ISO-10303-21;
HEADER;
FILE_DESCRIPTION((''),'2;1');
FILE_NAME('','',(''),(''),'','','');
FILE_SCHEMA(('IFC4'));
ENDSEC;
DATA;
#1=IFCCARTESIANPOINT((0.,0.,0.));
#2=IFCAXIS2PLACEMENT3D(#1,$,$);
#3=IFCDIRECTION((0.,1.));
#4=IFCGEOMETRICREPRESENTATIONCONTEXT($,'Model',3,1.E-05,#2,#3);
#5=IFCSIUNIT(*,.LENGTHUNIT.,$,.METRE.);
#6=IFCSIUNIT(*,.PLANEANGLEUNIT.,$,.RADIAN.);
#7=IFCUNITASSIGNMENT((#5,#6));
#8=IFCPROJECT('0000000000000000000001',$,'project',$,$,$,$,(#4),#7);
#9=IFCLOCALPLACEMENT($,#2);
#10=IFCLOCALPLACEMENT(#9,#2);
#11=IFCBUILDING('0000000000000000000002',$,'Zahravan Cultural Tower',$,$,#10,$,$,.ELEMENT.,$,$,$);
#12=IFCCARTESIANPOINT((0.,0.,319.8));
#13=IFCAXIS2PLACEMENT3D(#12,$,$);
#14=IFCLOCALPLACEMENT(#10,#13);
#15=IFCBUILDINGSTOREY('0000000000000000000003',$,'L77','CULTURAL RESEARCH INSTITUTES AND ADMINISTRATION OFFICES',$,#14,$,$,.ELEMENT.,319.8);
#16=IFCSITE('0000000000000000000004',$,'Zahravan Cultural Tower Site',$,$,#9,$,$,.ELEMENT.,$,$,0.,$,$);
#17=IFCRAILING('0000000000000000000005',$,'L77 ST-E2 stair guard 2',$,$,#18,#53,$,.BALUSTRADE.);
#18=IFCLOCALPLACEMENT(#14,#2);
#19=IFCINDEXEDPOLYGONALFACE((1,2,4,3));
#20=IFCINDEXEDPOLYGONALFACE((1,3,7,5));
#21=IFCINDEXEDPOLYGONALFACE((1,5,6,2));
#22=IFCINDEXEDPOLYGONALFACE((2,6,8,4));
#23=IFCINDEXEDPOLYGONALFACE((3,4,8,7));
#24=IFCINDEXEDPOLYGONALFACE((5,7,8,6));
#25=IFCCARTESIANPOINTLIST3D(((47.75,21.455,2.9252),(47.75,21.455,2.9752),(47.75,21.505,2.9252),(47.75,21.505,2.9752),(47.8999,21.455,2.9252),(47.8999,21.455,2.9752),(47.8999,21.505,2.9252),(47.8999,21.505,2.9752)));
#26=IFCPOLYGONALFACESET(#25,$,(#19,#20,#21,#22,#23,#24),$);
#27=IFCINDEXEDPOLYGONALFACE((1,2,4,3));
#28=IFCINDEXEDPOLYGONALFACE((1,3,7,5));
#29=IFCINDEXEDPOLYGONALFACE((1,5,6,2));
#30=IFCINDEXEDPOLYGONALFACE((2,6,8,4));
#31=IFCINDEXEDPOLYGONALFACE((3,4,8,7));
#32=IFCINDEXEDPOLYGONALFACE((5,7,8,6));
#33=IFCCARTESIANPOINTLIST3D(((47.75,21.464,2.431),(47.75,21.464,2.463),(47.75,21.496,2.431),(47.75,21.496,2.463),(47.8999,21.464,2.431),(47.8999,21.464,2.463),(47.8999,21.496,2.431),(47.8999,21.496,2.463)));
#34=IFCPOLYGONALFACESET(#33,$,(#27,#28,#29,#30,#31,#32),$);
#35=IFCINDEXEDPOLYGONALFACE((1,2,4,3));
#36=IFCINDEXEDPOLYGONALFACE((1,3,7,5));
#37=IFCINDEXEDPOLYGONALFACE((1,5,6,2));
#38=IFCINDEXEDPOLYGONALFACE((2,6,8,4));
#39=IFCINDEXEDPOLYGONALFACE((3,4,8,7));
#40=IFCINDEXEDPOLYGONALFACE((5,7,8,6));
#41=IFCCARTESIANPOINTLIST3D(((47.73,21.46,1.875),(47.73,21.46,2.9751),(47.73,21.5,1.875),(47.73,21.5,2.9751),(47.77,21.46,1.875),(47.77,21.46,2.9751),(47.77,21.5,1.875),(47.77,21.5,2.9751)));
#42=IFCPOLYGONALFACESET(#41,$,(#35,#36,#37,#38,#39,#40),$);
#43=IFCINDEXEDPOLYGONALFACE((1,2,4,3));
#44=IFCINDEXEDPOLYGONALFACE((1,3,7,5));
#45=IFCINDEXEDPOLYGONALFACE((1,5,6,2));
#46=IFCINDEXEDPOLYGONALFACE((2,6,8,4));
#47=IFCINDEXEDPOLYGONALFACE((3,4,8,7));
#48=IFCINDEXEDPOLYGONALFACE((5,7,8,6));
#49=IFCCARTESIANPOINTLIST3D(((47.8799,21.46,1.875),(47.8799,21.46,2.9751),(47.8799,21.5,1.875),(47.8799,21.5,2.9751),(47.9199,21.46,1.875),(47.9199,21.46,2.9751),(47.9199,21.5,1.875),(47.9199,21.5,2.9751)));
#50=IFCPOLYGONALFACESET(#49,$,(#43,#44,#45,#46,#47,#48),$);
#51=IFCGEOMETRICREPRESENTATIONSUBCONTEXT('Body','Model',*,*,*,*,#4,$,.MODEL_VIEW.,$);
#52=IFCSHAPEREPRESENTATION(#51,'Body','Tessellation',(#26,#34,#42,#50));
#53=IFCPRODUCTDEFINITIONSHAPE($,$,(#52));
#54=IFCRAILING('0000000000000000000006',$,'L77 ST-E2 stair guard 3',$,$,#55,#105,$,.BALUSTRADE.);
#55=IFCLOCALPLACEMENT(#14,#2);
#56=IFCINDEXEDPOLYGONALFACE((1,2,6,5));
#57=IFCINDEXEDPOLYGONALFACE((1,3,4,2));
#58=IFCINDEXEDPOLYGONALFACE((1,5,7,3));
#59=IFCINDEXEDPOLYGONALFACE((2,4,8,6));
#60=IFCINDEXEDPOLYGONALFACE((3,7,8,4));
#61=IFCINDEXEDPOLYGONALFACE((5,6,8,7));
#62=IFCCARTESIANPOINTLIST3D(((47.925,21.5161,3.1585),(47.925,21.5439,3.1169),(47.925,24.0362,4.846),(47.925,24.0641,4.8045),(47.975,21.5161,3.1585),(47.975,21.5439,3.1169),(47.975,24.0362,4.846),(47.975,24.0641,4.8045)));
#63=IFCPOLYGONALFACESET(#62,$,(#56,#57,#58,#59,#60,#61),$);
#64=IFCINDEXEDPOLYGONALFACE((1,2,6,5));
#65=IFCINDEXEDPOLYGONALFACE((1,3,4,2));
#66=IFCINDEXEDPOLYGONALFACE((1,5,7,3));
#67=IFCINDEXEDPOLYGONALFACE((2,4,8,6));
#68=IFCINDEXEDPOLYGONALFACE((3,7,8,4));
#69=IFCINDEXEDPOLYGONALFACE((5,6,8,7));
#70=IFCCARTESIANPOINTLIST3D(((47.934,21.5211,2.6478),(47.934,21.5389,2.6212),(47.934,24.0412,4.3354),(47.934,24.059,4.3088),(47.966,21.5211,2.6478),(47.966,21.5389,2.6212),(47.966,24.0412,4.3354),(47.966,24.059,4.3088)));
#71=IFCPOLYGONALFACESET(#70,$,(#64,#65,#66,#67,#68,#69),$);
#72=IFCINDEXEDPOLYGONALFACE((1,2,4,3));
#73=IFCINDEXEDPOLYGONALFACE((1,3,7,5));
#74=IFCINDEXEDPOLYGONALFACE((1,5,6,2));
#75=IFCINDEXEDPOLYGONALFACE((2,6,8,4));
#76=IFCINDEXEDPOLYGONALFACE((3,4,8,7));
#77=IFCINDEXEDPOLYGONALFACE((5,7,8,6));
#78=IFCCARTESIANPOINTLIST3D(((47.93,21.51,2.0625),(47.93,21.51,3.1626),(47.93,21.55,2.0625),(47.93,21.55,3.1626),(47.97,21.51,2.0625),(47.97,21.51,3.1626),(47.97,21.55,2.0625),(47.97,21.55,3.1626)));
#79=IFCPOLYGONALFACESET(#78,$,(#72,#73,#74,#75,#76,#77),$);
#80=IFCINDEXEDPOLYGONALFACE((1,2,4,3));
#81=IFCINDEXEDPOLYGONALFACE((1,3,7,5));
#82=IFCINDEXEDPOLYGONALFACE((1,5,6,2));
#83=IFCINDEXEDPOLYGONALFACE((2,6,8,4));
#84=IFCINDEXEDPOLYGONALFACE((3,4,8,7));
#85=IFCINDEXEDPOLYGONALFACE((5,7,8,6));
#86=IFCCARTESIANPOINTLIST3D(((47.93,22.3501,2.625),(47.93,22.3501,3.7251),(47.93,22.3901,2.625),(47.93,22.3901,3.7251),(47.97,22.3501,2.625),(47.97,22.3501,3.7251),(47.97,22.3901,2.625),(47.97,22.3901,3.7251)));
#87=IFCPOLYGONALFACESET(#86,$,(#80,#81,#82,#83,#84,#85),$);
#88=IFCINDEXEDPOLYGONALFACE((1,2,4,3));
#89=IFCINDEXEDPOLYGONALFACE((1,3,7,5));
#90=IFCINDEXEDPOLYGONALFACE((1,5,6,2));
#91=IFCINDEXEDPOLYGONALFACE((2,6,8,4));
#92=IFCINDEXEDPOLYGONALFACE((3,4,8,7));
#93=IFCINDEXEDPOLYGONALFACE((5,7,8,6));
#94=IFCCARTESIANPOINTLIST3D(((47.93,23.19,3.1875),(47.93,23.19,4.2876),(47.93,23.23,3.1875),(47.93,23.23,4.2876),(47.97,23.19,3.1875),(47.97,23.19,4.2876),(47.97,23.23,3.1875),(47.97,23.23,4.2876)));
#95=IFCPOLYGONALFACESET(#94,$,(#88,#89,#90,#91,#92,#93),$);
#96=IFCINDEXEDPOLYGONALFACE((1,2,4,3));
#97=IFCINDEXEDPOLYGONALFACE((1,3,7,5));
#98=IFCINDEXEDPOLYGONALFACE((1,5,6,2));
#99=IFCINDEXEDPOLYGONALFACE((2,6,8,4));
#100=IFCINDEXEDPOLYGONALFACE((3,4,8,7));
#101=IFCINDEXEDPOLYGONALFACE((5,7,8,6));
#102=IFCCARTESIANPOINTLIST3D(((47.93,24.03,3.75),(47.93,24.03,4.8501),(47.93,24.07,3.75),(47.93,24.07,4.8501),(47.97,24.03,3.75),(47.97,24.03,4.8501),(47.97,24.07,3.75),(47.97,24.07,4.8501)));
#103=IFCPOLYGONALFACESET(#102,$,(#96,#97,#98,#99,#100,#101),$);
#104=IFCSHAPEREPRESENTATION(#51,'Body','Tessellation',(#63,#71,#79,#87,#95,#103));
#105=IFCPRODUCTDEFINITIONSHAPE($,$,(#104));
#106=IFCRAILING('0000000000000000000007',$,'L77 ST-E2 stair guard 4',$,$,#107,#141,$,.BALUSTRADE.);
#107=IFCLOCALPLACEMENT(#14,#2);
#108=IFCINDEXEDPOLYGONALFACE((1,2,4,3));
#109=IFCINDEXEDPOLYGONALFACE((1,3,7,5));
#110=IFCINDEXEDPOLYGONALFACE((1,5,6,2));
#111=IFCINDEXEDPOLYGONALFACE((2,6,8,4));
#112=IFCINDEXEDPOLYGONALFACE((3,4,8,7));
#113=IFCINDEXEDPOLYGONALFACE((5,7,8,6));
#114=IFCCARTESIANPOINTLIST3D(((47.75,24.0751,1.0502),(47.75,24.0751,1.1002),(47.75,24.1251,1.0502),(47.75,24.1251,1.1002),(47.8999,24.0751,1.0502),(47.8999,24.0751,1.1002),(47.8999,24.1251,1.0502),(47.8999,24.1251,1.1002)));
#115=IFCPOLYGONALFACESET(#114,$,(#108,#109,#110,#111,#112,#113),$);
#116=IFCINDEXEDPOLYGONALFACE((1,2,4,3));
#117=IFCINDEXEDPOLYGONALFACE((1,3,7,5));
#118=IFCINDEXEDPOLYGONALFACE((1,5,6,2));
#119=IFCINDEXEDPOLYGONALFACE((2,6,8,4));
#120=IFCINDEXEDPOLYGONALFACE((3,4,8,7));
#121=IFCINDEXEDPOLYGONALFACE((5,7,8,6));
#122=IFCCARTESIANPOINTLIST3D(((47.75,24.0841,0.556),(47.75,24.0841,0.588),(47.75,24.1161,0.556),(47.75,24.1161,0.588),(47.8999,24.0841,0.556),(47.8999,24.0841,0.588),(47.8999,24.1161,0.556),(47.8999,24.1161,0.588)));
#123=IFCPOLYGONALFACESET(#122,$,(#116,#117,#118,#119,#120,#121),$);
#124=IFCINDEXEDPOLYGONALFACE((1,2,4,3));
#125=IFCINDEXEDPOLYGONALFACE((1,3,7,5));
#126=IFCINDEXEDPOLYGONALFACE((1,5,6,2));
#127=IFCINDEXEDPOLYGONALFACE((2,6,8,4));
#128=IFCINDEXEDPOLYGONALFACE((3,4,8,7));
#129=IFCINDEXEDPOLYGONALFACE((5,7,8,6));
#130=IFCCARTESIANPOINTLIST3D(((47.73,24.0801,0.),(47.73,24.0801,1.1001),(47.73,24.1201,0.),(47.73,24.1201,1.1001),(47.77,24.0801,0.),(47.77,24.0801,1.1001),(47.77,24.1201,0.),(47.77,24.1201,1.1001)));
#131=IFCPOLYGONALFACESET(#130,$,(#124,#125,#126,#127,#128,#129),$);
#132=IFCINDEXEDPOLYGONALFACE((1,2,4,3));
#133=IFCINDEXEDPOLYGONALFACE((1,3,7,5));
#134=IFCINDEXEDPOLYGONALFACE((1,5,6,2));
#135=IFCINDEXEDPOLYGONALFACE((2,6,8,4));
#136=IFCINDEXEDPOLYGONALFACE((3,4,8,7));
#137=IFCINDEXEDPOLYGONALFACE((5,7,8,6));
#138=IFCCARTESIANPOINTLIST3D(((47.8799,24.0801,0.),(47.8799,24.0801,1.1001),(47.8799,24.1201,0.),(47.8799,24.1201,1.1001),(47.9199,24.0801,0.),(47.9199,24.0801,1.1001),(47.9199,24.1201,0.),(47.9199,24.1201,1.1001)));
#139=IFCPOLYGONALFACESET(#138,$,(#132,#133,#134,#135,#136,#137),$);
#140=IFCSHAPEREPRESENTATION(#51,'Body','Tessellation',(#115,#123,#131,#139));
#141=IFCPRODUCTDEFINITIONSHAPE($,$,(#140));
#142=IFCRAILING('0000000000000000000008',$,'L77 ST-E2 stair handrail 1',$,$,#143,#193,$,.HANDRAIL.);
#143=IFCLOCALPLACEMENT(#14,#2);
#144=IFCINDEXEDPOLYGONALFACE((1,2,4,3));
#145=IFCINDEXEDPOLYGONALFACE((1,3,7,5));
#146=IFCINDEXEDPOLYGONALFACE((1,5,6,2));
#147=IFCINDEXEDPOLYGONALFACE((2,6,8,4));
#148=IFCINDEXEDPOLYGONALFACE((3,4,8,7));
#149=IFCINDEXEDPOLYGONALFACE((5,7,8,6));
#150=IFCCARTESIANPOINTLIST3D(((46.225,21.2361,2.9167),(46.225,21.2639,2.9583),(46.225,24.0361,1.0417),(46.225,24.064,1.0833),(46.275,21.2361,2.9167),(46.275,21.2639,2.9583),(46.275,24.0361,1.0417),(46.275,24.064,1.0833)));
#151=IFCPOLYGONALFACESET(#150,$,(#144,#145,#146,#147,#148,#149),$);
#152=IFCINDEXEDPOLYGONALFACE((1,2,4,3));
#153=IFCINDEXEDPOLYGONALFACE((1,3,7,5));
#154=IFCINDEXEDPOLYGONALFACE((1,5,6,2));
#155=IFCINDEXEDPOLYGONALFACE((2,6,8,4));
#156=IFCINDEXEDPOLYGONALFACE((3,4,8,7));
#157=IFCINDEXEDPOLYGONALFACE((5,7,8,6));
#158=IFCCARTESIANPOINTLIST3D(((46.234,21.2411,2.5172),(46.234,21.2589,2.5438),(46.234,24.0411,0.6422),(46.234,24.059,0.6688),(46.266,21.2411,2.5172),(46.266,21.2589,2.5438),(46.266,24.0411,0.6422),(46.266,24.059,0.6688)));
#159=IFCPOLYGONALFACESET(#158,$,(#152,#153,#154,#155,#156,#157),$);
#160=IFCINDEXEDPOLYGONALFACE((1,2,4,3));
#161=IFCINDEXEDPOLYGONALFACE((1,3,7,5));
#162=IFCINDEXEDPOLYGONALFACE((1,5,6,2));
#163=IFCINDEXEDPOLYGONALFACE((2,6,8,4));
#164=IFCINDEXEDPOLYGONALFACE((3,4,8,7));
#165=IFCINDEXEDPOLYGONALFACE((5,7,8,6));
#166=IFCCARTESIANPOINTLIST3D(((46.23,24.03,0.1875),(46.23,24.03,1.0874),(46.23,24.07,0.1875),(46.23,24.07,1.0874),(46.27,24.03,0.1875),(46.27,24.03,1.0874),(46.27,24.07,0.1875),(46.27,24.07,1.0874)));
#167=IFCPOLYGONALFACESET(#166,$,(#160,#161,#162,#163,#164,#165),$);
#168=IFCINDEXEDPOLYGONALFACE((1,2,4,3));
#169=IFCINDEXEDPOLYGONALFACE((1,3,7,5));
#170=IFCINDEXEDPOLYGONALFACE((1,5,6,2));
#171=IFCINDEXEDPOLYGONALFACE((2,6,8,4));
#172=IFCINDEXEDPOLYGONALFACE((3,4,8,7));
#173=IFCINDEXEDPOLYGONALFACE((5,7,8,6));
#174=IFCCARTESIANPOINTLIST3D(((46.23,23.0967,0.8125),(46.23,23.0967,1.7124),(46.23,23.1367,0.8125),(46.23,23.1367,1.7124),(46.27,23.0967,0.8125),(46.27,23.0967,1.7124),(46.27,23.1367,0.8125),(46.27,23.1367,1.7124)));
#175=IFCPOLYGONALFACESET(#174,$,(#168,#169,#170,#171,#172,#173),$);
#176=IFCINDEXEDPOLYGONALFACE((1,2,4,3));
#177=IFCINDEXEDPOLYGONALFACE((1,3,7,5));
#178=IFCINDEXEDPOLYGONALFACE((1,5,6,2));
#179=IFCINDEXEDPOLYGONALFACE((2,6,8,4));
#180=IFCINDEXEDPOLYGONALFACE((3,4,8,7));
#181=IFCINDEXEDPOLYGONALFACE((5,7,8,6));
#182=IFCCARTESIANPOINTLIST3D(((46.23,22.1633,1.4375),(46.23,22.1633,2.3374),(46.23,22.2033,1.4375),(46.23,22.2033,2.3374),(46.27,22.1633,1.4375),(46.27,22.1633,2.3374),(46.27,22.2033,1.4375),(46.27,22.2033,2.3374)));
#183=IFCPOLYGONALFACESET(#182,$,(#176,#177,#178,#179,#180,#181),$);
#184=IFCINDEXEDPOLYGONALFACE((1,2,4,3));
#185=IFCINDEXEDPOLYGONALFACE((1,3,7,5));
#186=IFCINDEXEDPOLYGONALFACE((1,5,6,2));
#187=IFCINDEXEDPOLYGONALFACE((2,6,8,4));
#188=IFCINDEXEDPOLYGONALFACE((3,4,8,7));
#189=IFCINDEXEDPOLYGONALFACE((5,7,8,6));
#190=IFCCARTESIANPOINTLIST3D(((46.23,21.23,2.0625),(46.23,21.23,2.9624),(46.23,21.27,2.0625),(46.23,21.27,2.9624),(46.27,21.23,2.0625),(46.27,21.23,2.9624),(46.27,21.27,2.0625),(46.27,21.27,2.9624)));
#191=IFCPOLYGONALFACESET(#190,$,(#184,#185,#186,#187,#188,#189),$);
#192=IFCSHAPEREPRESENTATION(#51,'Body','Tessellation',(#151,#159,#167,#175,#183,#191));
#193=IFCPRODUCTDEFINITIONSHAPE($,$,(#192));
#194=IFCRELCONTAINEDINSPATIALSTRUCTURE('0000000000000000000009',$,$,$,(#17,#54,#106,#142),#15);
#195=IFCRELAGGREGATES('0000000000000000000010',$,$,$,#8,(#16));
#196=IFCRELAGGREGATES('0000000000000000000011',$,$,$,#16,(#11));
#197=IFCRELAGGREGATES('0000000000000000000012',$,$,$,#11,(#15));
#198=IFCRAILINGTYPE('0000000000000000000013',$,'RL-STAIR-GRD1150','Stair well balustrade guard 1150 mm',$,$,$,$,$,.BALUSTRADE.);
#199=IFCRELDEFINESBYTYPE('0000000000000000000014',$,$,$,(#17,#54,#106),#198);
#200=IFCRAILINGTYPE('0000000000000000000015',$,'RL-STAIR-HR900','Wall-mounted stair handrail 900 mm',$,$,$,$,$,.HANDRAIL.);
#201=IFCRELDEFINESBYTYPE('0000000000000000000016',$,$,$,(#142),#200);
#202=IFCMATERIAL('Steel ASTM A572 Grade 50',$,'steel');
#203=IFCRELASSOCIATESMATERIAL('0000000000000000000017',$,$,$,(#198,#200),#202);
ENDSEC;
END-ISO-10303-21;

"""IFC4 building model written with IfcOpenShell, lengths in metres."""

from ifc_helpers import new_model, si_unit, direction, frame, origin, origin_2d, place, context, subcontext, project, spatial, rectangle, extrude, material, type_object, element, save


model = new_model("IFC4")

# Units and contexts
model_context = context("Model", 3, precision=1e-05, world=origin(), true_north=direction((0.0, 1.0)))
body_context = subcontext(model_context, "Body", "Model", "MODEL_VIEW")
ifc_project = project(units=[si_unit("LENGTHUNIT", "METRE"), si_unit("PLANEANGLEUNIT", "RADIAN")], contexts=[model_context])

# Site, building, storey
site_placement = place(None, origin())
site = spatial("IfcSite", under=ifc_project, at=site_placement, Name="Zahravan Cultural Tower Site", CompositionType="ELEMENT", RefElevation=0.0)
building_placement = place(site_placement, origin())
building = spatial("IfcBuilding", under=site, at=building_placement, Name="Zahravan Cultural Tower", CompositionType="ELEMENT")
storey_placement = place(building_placement, frame((0.0, 0.0, 319.8)))
storey = spatial("IfcBuildingStorey", under=building, at=storey_placement, Name="L77", Description="CULTURAL RESEARCH INSTITUTES AND ADMINISTRATION OFFICES", CompositionType="ELEMENT", Elevation=319.8)

# Shared definitions
ifc_material_1 = material(Name="Steel ASTM A572 Grade 50", Category="steel")

# Railings
railing_type_1 = type_object("IfcRailingType", Name="RL-STAIR-GRD1150", Description="Stair well balustrade guard 1150 mm", PredefinedType="BALUSTRADE", material=ifc_material_1)
railing_1_placement = place(storey_placement, frame((47.75, 21.48, 1.875)))
element("IfcRailing", 1, at=railing_1_placement, inside=storey, type_object=railing_type_1, Name="L77 ST-E2 stair guard 2", PredefinedType="BALUSTRADE", context=body_context, shape_type="SweptSolid", body=[
    extrude(rectangle(XDim=0.05, YDim=0.05, at=origin_2d()), frame((0.0, 0.0, 1.0752), z_axis=(1.0, 0.0, 0.0), x_axis=(0.0, 1.0, 0.0)), (0.0, 0.0, 1.0), 0.1499),
    extrude(rectangle(XDim=0.032, YDim=0.032, at=origin_2d()), frame((0.0, 0.0, 0.572), z_axis=(1.0, 0.0, 0.0), x_axis=(0.0, 1.0, 0.0)), (0.0, 0.0, 1.0), 0.1499),
    extrude(rectangle(XDim=0.04, YDim=0.04, at=origin_2d()), origin(), (0.0, 0.0, 1.0), 1.1001),
    extrude(rectangle(XDim=0.04, YDim=0.04, at=origin_2d()), frame((0.1499, 0.0, 0.0)), (0.0, 0.0, 1.0), 1.1001),
])
railing_2_placement = place(storey_placement, frame((47.95, 21.53, 2.0625)))
element("IfcRailing", 2, at=railing_2_placement, inside=storey, type_object=railing_type_1, Name="L77 ST-E2 stair guard 3", PredefinedType="BALUSTRADE", context=body_context, shape_type="SweptSolid", body=[
    extrude(rectangle(XDim=0.05, YDim=0.05, at=origin_2d()), frame((0.0, 0.0, 1.0752), z_axis=(0.0, 0.830909, 0.556408), x_axis=(-1.0, 0.0, 0.0)), (0.0, 0.0, 1.0), 3.033),
    extrude(rectangle(XDim=0.032, YDim=0.032, at=origin_2d()), frame((0.0, 0.0, 0.572), z_axis=(0.0, 0.830909, 0.556408), x_axis=(-1.0, 0.0, 0.0)), (0.0, 0.0, 1.0), 3.033),
    extrude(rectangle(XDim=0.04, YDim=0.04, at=origin_2d()), origin(), (0.0, 0.0, 1.0), 1.1001),
    extrude(rectangle(XDim=0.04, YDim=0.04, at=origin_2d()), frame((0.0, 0.8401, 0.5625)), (0.0, 0.0, 1.0), 1.1001),
    extrude(rectangle(XDim=0.04, YDim=0.04, at=origin_2d()), frame((0.0, 1.6799, 1.125)), (0.0, 0.0, 1.0), 1.1001),
    extrude(rectangle(XDim=0.04, YDim=0.04, at=origin_2d()), frame((0.0, 2.52, 1.6875)), (0.0, 0.0, 1.0), 1.1001),
])
railing_3_placement = place(storey_placement, frame((47.75, 24.1001, 0.0)))
element("IfcRailing", 3, at=railing_3_placement, inside=storey, type_object=railing_type_1, Name="L77 ST-E2 stair guard 4", PredefinedType="BALUSTRADE", context=body_context, shape_type="SweptSolid", body=[
    extrude(rectangle(XDim=0.05, YDim=0.05, at=origin_2d()), frame((0.0, 0.0, 1.0752), z_axis=(1.0, 0.0, 0.0), x_axis=(0.0, 1.0, 0.0)), (0.0, 0.0, 1.0), 0.1499),
    extrude(rectangle(XDim=0.032, YDim=0.032, at=origin_2d()), frame((0.0, 0.0, 0.572), z_axis=(1.0, 0.0, 0.0), x_axis=(0.0, 1.0, 0.0)), (0.0, 0.0, 1.0), 0.1499),
    extrude(rectangle(XDim=0.04, YDim=0.04, at=origin_2d()), origin(), (0.0, 0.0, 1.0), 1.1001),
    extrude(rectangle(XDim=0.04, YDim=0.04, at=origin_2d()), frame((0.1499, 0.0, 0.0)), (0.0, 0.0, 1.0), 1.1001),
])
railing_type_2 = type_object("IfcRailingType", Name="RL-STAIR-HR900", Description="Wall-mounted stair handrail 900 mm", PredefinedType="HANDRAIL", material=ifc_material_1)
railing_4_placement = place(storey_placement, frame((46.25, 24.05, 0.1875)))
element("IfcRailing", 4, at=railing_4_placement, inside=storey, type_object=railing_type_2, Name="L77 ST-E2 stair handrail 1", PredefinedType="HANDRAIL", context=body_context, shape_type="SweptSolid", body=[
    extrude(rectangle(XDim=0.05, YDim=0.05, at=origin_2d()), frame((0.0, 0.0, 0.875), z_axis=(0.0, -0.830912, 0.556404), x_axis=(1.0, 0.0, 0.0)), (0.0, 0.0, 1.0), 3.3699),
    extrude(rectangle(XDim=0.032, YDim=0.032, at=origin_2d()), frame((0.0, 0.0, 0.468), z_axis=(0.0, -0.830912, 0.556404), x_axis=(1.0, 0.0, 0.0)), (0.0, 0.0, 1.0), 3.3699),
    extrude(rectangle(XDim=0.04, YDim=0.04, at=origin_2d()), origin(), (0.0, 0.0, 1.0), 0.8999),
    extrude(rectangle(XDim=0.04, YDim=0.04, at=origin_2d()), frame((0.0, -0.9333, 0.625)), (0.0, 0.0, 1.0), 0.8999),
    extrude(rectangle(XDim=0.04, YDim=0.04, at=origin_2d()), frame((0.0, -1.8667, 1.25)), (0.0, 0.0, 1.0), 0.8999),
    extrude(rectangle(XDim=0.04, YDim=0.04, at=origin_2d()), frame((0.0, -2.8, 1.875)), (0.0, 0.0, 1.0), 0.8999),
])

save(model, "model.ifc")
